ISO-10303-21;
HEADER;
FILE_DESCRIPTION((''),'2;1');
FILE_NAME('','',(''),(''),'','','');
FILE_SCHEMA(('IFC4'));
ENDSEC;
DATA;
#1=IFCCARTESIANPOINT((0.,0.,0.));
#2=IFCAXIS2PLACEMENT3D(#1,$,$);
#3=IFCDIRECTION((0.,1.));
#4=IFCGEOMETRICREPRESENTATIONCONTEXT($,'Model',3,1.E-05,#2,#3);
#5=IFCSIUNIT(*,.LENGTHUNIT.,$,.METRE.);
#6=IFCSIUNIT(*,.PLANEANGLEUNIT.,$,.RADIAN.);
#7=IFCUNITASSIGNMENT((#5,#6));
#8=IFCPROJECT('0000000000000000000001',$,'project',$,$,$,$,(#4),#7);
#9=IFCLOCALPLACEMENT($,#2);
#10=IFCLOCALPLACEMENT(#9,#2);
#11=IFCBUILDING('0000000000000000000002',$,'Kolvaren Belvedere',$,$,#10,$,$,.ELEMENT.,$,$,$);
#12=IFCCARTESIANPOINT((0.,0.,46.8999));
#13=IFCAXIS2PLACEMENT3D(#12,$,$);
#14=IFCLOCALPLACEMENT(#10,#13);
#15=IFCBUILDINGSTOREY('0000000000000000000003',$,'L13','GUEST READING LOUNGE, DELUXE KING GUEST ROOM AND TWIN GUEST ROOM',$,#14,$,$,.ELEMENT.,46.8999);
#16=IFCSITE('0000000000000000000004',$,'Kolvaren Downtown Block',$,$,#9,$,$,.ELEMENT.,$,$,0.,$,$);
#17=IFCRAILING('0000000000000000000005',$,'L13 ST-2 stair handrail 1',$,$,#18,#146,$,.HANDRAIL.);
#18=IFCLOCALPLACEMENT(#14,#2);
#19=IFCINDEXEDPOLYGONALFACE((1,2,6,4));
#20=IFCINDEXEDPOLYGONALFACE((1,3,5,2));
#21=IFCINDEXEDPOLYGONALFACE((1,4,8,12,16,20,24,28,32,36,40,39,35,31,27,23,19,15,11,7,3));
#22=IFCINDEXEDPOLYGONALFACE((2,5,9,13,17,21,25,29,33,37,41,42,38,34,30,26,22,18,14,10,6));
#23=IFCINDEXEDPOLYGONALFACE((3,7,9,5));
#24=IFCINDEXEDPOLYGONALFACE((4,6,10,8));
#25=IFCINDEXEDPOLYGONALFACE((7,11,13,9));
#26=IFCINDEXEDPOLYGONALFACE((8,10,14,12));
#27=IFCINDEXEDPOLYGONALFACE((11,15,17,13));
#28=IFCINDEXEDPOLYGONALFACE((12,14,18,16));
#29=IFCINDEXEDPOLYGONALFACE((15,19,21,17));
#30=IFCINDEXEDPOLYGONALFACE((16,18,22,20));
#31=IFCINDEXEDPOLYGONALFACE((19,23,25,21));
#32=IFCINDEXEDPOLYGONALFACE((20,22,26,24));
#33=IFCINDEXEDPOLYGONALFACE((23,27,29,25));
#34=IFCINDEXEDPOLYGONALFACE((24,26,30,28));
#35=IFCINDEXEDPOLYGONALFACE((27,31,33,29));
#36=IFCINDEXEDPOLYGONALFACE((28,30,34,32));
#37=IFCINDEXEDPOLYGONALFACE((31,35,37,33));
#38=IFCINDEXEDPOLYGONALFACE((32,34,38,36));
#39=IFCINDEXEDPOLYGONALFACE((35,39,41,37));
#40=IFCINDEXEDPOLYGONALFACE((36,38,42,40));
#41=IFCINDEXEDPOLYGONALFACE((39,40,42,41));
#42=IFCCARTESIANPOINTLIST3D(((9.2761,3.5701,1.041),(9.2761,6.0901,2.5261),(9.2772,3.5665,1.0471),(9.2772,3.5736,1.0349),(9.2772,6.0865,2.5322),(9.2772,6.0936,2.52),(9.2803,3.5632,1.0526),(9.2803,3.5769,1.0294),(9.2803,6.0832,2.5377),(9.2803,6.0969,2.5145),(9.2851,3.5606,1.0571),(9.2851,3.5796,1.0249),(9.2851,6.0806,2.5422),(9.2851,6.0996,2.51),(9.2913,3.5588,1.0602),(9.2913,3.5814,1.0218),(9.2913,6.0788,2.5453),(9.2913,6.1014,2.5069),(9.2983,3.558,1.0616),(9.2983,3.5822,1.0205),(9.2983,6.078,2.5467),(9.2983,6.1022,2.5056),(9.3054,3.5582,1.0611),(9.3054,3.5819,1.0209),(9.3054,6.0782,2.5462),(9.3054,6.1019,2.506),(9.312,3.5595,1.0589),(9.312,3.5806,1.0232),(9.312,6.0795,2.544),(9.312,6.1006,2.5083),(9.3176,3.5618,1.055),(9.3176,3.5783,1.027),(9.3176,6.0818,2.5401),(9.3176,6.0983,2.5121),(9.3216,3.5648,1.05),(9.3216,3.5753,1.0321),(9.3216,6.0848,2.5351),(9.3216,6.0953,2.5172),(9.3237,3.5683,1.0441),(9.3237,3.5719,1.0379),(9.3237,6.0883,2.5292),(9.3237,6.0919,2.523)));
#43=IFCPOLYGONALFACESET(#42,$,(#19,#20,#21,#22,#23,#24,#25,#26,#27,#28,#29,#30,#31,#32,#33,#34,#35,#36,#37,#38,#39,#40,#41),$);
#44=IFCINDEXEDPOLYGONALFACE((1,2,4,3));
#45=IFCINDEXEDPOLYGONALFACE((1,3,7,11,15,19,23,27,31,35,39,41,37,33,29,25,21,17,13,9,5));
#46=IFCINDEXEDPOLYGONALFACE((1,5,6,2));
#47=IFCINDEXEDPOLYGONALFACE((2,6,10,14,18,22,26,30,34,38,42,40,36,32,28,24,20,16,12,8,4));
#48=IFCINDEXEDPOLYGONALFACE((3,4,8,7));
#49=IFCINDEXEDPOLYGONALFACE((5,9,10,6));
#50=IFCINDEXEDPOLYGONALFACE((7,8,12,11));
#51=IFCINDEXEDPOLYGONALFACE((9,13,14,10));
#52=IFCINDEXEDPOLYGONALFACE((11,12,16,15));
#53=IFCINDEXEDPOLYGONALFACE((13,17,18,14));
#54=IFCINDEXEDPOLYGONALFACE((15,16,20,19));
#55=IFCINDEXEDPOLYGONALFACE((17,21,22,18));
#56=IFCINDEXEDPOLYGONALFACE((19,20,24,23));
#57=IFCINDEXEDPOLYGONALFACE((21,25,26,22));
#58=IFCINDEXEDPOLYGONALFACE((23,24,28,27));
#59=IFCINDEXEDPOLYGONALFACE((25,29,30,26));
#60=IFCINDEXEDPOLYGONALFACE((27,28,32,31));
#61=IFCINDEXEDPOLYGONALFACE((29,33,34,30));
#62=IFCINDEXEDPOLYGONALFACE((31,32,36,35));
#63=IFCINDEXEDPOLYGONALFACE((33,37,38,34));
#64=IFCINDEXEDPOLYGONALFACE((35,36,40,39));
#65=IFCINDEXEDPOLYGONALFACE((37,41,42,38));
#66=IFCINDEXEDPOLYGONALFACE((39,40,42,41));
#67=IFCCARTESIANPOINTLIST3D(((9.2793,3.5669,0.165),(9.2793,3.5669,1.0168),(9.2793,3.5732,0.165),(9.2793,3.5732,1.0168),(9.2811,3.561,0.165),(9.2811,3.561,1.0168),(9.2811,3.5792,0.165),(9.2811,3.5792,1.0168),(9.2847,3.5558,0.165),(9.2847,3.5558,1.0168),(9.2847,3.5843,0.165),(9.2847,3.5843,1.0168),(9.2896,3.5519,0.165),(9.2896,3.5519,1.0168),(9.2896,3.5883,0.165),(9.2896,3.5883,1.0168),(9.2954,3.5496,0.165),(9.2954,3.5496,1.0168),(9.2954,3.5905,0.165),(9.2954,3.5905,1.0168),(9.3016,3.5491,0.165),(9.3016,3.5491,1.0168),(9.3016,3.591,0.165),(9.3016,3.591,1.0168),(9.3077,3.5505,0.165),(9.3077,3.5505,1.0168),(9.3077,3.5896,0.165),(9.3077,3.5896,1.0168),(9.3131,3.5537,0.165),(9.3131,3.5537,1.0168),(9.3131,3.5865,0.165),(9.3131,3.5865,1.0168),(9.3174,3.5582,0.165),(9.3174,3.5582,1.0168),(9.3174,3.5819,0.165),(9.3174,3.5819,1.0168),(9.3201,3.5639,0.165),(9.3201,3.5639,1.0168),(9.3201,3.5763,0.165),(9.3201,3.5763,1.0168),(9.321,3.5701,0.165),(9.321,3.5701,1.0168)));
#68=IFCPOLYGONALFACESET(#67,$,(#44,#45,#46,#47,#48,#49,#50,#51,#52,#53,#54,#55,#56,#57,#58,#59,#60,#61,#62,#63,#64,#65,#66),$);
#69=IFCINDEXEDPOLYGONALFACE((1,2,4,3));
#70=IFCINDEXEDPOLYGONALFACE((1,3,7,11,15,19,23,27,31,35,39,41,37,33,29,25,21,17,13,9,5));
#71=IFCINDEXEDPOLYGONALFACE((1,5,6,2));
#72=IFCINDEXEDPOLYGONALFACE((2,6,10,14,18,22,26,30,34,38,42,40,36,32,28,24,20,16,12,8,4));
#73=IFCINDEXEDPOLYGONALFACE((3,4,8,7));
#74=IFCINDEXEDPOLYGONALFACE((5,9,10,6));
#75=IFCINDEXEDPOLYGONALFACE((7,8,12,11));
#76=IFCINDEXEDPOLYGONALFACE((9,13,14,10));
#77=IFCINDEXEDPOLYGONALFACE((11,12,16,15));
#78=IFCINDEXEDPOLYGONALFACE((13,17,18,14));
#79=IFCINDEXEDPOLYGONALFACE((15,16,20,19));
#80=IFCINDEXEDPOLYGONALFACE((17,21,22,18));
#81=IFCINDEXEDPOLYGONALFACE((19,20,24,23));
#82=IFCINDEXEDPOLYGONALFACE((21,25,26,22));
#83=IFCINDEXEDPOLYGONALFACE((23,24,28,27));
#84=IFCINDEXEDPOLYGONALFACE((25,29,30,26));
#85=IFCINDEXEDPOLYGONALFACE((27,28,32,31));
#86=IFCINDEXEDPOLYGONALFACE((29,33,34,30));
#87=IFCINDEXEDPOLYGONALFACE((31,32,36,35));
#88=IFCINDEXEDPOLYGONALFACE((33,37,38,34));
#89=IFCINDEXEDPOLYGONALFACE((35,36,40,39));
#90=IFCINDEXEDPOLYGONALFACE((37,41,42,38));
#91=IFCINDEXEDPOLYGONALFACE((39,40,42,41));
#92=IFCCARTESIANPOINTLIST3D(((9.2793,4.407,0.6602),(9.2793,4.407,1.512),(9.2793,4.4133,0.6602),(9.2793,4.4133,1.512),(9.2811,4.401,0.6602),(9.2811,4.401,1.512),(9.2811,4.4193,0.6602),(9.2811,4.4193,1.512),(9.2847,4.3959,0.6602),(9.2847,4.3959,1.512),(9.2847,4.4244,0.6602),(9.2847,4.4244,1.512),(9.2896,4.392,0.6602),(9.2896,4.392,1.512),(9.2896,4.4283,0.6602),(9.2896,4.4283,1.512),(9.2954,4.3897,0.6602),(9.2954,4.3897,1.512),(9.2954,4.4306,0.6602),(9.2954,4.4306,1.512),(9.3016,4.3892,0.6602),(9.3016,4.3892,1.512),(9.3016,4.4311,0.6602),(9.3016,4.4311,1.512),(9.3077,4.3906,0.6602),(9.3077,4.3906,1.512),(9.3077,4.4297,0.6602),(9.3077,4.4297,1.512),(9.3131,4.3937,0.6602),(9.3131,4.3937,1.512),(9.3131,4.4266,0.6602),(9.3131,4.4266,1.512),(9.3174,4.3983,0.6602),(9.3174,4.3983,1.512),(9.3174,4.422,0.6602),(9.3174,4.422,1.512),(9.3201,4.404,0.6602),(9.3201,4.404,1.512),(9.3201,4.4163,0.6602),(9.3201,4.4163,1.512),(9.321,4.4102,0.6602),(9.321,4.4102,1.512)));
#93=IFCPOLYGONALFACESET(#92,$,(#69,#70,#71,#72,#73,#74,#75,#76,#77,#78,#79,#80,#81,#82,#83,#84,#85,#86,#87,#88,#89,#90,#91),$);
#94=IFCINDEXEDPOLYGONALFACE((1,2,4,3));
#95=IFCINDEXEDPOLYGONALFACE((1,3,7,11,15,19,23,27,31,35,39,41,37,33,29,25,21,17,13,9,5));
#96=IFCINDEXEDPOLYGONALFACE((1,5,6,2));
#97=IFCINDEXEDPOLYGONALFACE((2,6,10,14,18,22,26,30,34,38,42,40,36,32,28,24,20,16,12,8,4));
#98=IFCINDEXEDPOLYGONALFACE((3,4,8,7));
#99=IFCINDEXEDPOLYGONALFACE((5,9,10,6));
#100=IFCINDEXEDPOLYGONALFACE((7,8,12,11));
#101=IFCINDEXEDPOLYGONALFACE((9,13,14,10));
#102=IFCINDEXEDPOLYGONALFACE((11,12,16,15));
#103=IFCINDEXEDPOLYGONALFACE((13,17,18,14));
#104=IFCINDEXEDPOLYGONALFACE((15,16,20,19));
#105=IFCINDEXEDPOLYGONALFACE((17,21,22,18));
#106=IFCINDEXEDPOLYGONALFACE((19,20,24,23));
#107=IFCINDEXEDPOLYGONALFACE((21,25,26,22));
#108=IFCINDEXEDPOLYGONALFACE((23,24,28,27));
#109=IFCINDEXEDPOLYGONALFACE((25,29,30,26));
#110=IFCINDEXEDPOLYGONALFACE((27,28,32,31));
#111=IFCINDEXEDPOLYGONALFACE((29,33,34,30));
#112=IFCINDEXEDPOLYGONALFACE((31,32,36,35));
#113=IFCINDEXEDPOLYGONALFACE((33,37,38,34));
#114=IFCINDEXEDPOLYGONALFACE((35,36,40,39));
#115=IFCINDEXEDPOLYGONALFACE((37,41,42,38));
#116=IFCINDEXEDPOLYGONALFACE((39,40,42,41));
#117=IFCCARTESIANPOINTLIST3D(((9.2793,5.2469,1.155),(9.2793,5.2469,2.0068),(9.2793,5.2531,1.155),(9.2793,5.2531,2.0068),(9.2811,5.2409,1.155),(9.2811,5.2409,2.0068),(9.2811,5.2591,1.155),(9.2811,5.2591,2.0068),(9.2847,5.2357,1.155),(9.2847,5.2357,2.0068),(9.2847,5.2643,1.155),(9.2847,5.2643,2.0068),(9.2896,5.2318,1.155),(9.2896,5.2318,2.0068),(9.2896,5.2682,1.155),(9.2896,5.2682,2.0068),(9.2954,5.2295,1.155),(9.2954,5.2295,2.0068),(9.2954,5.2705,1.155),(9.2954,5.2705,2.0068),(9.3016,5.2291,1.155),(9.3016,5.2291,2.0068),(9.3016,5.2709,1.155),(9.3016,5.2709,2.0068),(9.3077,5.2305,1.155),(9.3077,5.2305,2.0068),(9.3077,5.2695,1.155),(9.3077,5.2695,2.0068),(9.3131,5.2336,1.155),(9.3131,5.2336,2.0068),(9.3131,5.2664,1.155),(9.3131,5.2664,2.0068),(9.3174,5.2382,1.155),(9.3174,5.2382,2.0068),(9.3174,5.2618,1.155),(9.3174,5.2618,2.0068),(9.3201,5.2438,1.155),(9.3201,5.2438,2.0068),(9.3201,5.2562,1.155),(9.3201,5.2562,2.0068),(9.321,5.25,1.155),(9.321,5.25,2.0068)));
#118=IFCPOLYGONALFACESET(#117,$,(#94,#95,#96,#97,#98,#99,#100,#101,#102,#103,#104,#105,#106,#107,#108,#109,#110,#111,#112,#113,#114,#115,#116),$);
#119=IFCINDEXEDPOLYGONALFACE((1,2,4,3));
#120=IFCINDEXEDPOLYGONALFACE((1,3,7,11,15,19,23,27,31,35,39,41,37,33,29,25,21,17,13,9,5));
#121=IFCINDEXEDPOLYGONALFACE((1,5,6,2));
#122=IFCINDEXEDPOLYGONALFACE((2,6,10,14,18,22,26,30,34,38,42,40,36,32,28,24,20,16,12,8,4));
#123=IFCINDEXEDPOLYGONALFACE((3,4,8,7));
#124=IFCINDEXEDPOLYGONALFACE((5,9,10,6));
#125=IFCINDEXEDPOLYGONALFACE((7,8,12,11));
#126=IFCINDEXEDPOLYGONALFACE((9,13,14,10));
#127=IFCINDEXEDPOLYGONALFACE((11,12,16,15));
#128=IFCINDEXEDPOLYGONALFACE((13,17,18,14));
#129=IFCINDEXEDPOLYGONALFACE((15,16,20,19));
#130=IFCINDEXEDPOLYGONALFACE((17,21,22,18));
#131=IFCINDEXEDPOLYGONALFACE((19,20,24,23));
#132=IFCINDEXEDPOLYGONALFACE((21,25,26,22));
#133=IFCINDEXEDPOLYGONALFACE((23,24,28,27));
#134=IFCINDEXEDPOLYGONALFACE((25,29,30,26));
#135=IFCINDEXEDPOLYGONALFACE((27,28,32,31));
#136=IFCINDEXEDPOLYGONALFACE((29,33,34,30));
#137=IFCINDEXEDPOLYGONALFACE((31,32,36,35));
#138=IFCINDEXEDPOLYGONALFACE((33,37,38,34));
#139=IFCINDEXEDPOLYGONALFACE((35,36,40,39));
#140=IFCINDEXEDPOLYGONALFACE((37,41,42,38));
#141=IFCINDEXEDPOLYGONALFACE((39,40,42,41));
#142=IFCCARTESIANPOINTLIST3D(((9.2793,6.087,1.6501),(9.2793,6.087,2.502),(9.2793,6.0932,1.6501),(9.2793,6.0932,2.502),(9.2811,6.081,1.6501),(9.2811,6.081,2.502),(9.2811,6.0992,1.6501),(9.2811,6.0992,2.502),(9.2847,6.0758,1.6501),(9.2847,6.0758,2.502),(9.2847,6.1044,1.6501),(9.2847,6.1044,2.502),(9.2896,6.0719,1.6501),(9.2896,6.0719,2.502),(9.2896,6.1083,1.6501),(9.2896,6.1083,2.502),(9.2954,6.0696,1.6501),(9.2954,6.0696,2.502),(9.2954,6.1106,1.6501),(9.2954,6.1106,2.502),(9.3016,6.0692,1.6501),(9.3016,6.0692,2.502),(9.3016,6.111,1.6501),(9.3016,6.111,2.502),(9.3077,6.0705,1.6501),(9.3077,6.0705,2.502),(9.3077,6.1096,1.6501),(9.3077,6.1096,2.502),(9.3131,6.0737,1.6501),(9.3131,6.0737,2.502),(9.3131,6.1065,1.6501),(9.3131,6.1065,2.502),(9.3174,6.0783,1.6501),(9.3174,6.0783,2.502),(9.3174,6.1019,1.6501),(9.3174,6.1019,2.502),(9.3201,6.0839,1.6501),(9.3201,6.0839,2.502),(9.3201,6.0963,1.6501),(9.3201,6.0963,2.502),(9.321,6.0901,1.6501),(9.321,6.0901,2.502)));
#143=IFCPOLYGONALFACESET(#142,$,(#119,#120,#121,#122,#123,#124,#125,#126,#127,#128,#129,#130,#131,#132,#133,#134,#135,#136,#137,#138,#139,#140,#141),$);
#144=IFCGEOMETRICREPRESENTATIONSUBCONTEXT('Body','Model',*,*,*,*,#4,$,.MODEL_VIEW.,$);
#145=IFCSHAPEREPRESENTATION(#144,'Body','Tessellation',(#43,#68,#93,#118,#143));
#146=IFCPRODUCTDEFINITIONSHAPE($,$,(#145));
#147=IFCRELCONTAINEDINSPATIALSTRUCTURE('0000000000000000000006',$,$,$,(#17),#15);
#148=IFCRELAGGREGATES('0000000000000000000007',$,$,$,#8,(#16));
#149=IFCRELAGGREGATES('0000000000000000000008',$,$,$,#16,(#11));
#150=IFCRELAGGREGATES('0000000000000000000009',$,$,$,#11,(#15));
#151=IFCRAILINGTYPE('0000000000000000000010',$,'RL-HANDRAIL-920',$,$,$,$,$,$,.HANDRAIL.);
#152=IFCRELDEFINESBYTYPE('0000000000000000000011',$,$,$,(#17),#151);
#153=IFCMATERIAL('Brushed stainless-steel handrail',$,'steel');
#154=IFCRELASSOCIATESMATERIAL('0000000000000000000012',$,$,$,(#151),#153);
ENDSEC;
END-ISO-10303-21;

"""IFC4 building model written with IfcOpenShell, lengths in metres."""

from ifc_helpers import new_model, si_unit, direction, frame, origin, origin_2d, place, context, subcontext, project, spatial, circle, extrude, material, type_object, element, save


model = new_model("IFC4")

# Units and contexts
model_context = context("Model", 3, precision=1e-05, world=origin(), true_north=direction((0.0, 1.0)))
body_context = subcontext(model_context, "Body", "Model", "MODEL_VIEW")
ifc_project = project(units=[si_unit("LENGTHUNIT", "METRE"), si_unit("PLANEANGLEUNIT", "RADIAN")], contexts=[model_context])

# Site, building, storey
site_placement = place(None, origin())
site = spatial("IfcSite", under=ifc_project, at=site_placement, Name="Kolvaren Downtown Block", CompositionType="ELEMENT", RefElevation=0.0)
building_placement = place(site_placement, origin())
building = spatial("IfcBuilding", under=site, at=building_placement, Name="Kolvaren Belvedere", CompositionType="ELEMENT")
storey_placement = place(building_placement, frame((0.0, 0.0, 46.8999)))
storey = spatial("IfcBuildingStorey", under=building, at=storey_placement, Name="L13", Description="GUEST READING LOUNGE, DELUXE KING GUEST ROOM AND TWIN GUEST ROOM", CompositionType="ELEMENT", Elevation=46.8999)

# Railing
ifc_material_1 = material(Name="Brushed stainless-steel handrail", Category="steel")
railing_type_1 = type_object("IfcRailingType", Name="RL-HANDRAIL-920", PredefinedType="HANDRAIL", material=ifc_material_1)
railing_1_placement = place(storey_placement, frame((9.3, 3.5701, 0.165)))
element("IfcRailing", 1, at=railing_1_placement, inside=storey, type_object=railing_type_1, Name="L13 ST-2 stair handrail 1", PredefinedType="HANDRAIL", context=body_context, shape_type="SweptSolid", body=[
    extrude(circle(Radius=0.0239, at=origin_2d()), frame((0.0, 0.0, 0.876), z_axis=(0.0, 0.861524, 0.507717), x_axis=(-1.0, 0.0, 0.0)), (0.0, 0.0, 1.0), 2.925),
    extrude(circle(Radius=0.021, at=origin_2d()), origin(), (0.0, 0.0, 1.0), 0.8518),
    extrude(circle(Radius=0.021, at=origin_2d()), frame((0.0, 0.8401, 0.4951)), (0.0, 0.0, 1.0), 0.8518),
    extrude(circle(Radius=0.021, at=origin_2d()), frame((0.0, 1.6799, 0.99)), (0.0, 0.0, 1.0), 0.8518),
    extrude(circle(Radius=0.021, at=origin_2d()), frame((0.0, 2.52, 1.4851)), (0.0, 0.0, 1.0), 0.8518),
])

save(model, "model.ifc")
